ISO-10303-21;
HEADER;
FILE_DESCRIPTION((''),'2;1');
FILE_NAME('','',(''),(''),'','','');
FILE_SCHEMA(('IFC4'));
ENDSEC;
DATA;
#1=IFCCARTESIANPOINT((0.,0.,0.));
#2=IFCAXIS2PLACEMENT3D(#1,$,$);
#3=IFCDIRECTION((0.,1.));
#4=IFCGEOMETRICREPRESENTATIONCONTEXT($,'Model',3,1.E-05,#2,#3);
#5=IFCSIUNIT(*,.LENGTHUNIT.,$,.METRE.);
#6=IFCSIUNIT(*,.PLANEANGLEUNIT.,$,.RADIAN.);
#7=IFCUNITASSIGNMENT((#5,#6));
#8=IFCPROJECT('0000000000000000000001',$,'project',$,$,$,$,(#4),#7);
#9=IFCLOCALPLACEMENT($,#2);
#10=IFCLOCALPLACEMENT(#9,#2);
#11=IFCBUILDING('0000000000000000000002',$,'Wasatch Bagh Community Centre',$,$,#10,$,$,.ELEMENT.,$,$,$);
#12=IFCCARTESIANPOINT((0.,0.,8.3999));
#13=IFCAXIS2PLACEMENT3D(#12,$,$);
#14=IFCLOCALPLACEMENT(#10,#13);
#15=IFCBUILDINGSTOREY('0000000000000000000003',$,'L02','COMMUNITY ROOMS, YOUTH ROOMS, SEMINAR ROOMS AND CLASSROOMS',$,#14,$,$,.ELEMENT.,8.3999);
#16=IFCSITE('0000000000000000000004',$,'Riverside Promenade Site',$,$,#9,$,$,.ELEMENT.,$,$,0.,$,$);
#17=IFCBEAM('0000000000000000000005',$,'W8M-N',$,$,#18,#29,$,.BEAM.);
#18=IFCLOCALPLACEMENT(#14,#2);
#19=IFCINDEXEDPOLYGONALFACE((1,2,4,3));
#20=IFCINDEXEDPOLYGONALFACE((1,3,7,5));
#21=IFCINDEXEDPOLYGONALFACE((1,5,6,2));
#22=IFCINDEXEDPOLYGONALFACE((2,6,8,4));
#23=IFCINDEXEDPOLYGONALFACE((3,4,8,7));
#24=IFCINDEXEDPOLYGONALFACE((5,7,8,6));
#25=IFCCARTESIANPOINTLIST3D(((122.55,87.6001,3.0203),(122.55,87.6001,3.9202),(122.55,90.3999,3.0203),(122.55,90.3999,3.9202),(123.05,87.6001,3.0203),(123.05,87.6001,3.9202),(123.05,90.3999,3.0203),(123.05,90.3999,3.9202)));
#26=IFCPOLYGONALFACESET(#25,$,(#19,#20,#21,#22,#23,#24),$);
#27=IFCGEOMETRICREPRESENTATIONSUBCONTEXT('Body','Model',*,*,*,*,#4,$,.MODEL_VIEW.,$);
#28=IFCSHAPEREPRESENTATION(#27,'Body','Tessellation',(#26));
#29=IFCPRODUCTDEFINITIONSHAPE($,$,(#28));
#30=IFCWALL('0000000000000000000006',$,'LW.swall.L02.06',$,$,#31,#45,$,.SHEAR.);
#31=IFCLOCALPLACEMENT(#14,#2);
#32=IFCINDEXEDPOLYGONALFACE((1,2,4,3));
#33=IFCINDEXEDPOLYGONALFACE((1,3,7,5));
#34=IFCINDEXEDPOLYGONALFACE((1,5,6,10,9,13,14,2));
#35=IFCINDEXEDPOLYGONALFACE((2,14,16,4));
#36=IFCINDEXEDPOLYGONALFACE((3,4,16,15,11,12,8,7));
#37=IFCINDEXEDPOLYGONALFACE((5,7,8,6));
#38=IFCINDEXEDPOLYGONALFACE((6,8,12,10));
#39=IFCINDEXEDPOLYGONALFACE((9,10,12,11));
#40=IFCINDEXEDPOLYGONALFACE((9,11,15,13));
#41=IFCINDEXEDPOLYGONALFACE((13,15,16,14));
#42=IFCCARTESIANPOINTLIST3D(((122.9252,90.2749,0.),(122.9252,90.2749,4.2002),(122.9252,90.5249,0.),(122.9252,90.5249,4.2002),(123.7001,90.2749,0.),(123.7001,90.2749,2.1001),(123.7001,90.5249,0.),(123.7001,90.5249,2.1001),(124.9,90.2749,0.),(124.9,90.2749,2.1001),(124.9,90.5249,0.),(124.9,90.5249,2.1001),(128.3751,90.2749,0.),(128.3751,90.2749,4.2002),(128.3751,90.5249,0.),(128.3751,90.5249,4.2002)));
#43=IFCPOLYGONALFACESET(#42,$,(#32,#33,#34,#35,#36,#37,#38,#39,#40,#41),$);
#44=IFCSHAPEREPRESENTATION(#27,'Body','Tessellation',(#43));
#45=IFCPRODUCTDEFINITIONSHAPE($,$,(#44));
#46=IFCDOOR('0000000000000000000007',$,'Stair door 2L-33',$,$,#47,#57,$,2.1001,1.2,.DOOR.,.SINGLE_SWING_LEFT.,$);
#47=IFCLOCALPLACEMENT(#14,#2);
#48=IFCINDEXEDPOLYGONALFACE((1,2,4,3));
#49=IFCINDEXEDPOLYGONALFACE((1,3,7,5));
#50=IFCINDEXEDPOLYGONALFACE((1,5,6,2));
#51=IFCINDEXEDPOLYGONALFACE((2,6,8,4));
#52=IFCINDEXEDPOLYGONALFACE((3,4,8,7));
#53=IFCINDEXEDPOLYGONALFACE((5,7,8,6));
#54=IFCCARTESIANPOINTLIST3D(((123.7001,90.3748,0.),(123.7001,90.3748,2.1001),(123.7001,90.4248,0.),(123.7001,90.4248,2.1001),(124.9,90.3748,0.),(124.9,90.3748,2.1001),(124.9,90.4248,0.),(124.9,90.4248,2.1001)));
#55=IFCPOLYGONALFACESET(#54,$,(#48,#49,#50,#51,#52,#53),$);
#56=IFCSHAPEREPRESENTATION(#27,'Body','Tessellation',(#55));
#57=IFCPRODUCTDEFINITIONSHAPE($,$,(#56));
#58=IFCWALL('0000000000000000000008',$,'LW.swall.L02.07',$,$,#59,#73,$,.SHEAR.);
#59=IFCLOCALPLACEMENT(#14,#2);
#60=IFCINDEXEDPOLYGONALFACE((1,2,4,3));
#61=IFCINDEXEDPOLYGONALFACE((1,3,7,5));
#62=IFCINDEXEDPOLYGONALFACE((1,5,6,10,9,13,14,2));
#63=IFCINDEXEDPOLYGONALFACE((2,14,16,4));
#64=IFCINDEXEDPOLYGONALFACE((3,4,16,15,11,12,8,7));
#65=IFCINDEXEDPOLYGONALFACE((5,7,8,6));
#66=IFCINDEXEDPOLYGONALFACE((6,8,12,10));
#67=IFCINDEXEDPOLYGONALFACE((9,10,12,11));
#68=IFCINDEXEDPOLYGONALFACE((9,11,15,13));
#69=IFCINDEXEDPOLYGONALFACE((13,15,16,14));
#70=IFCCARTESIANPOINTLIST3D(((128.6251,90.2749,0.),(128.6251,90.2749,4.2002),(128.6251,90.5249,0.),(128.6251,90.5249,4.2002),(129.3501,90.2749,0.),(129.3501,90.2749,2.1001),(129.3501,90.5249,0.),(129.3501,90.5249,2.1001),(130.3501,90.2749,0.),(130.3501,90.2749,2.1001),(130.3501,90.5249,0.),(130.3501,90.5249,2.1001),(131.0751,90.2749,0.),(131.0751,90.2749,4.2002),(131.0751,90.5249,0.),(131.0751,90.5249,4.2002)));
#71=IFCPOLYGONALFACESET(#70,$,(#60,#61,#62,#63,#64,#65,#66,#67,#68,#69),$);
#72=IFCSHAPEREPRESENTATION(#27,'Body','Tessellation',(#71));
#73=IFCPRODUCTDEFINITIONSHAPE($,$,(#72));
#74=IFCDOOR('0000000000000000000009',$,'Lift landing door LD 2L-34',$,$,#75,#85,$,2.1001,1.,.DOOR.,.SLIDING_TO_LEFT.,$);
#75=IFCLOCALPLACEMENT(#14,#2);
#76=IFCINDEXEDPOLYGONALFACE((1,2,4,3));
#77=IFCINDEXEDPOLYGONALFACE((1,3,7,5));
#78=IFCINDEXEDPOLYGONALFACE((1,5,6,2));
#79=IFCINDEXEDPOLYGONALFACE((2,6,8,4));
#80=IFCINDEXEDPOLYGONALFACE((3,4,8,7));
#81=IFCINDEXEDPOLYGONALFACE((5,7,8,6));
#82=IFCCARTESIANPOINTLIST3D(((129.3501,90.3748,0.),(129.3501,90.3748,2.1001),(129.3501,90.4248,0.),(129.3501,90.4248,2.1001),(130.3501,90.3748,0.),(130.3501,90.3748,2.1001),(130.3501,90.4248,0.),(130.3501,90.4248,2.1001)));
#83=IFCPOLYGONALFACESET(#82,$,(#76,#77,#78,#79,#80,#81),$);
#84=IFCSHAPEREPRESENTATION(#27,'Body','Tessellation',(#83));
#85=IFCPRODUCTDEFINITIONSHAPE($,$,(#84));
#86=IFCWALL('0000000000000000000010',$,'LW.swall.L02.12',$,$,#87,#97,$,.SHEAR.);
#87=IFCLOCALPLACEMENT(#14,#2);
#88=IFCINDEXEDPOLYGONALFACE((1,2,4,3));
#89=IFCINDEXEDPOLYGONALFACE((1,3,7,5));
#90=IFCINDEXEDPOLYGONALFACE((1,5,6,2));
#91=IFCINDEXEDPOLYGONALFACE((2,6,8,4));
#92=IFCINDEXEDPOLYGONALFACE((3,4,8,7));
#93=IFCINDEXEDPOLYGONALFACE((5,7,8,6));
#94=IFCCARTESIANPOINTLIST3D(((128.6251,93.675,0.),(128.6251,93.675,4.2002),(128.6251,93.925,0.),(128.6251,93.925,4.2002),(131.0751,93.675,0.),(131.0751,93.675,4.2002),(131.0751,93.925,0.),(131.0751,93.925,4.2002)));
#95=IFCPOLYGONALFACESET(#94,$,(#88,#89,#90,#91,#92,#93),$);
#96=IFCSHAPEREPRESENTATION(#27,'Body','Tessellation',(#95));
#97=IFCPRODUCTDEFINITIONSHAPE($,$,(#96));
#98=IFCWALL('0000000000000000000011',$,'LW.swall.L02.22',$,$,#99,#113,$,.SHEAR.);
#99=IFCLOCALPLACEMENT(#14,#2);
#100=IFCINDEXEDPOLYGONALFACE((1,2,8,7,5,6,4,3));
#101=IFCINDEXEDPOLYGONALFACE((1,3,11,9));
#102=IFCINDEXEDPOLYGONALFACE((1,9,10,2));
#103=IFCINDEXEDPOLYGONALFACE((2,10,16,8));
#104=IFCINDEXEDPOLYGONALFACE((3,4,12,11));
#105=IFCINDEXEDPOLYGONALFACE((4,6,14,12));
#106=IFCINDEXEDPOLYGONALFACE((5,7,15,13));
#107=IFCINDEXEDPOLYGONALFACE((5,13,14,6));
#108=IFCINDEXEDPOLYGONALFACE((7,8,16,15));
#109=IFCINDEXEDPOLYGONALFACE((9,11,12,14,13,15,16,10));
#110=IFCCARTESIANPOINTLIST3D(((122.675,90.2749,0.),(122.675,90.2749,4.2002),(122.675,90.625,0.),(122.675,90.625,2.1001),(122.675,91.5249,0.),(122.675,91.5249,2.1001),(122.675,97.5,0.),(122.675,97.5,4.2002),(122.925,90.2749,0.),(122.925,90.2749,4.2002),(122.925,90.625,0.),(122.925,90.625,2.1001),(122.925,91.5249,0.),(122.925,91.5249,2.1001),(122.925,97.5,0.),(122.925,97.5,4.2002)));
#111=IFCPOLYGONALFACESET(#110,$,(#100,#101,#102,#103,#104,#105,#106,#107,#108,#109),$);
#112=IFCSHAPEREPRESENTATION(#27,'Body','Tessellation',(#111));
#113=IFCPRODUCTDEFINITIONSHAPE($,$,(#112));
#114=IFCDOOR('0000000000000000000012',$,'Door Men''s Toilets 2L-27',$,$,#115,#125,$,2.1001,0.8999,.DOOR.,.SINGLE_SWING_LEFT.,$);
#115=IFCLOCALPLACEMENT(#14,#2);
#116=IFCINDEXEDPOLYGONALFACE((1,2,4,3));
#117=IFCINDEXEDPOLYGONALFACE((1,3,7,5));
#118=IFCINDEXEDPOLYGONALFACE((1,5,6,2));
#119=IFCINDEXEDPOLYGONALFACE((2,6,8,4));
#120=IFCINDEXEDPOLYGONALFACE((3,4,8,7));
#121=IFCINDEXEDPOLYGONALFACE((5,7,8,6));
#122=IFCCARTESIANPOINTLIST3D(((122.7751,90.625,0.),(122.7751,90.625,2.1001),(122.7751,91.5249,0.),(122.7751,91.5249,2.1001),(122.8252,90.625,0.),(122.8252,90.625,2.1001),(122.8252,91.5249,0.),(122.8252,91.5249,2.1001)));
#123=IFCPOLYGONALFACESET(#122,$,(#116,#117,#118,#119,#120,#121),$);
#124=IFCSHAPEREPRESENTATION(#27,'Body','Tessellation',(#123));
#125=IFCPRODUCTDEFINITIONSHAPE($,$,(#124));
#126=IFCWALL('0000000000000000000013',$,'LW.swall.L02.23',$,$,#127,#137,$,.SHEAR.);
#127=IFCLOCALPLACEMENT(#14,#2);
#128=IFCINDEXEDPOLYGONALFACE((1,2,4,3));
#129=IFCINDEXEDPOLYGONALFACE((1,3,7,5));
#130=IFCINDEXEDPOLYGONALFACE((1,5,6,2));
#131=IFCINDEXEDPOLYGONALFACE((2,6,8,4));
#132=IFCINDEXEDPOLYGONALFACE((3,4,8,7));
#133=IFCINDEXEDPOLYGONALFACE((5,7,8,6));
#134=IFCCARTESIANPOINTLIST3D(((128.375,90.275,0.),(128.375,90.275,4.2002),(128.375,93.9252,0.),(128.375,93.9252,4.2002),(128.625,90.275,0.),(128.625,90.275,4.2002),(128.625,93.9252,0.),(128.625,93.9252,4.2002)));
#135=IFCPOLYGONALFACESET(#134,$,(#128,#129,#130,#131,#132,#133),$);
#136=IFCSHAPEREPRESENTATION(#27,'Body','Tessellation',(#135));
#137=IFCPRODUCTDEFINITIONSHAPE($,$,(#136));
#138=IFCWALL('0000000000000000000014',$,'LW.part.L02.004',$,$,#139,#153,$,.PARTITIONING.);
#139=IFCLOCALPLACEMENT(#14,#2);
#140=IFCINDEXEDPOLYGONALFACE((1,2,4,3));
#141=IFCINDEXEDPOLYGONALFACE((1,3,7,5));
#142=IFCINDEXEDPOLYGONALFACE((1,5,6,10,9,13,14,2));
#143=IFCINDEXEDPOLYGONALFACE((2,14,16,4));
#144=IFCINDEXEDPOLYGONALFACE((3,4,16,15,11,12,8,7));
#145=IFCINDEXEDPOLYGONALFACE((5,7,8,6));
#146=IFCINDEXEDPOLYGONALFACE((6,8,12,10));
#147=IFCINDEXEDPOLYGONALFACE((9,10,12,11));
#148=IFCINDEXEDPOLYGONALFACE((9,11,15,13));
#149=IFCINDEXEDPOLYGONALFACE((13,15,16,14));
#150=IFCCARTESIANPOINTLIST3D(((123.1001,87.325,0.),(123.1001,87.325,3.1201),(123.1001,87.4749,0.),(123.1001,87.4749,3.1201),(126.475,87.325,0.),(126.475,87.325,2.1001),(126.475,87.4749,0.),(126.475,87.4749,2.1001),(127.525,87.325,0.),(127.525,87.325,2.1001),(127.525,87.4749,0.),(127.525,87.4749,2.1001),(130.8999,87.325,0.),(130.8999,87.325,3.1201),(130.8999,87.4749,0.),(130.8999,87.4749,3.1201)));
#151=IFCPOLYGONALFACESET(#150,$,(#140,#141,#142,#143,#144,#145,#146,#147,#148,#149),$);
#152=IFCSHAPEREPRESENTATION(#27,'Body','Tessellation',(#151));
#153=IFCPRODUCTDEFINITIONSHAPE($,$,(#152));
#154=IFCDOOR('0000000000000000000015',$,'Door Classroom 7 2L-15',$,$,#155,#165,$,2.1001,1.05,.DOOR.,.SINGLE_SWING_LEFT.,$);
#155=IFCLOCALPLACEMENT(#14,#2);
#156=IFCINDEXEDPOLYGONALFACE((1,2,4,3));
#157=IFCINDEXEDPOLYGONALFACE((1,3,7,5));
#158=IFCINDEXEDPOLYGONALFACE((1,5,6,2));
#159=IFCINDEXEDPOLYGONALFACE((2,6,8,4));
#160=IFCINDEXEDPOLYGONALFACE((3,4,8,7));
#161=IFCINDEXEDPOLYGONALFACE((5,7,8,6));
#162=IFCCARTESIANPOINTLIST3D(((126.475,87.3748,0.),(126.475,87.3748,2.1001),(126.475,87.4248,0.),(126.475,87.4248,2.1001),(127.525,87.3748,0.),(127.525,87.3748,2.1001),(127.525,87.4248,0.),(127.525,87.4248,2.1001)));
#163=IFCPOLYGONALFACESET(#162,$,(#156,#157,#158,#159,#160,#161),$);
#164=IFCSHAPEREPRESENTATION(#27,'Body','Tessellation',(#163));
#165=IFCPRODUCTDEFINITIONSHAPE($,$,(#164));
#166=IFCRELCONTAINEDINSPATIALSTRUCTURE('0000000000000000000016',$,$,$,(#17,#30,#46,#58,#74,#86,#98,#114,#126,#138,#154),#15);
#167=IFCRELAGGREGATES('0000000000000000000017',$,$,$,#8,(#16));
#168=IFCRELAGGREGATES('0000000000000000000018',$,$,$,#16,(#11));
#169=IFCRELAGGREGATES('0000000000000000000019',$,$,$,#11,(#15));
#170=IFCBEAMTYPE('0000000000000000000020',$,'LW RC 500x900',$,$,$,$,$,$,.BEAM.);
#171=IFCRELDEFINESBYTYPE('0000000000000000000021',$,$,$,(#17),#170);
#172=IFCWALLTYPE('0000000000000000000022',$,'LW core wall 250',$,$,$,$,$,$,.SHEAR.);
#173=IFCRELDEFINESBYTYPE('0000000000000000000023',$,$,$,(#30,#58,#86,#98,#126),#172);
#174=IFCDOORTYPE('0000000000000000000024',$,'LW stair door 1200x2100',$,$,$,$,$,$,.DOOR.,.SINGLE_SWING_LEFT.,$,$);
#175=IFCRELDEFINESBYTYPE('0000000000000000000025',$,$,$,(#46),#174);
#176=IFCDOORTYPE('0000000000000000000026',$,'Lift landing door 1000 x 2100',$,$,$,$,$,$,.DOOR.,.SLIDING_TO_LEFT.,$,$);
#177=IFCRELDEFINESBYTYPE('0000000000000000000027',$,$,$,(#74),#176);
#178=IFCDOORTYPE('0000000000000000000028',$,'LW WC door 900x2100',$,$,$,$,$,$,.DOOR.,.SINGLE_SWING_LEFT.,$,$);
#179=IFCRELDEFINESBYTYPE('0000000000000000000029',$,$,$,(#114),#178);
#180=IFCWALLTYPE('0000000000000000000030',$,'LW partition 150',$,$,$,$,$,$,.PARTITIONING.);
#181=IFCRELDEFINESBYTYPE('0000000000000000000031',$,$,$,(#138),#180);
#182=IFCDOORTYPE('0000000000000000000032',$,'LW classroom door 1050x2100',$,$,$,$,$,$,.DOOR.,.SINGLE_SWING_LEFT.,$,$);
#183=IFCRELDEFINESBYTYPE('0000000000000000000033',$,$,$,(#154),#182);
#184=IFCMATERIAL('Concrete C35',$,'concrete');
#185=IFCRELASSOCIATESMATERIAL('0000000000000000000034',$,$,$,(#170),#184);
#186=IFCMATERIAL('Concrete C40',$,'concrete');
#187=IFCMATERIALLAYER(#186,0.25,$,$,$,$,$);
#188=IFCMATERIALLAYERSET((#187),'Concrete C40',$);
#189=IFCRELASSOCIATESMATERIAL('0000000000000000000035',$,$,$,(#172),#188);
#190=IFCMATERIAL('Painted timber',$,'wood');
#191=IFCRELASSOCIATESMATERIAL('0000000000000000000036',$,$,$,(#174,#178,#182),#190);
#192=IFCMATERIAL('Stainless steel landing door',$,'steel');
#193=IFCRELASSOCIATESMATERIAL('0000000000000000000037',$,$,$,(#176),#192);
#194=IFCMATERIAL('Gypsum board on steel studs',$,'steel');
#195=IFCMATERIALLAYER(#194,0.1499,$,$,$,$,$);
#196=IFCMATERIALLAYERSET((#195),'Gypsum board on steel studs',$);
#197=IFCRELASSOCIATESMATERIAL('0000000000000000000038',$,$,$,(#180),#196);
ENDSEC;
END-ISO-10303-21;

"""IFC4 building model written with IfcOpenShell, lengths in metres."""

from ifc_helpers import new_model, si_unit, direction, frame, frame_2d, origin, origin_2d, place, context, subcontext, project, spatial, rectangle, extrude, material, layer, layer_set, material_profile, profile_set, type_object, element, fill, save


model = new_model("IFC4")

# Units and contexts
model_context = context("Model", 3, precision=1e-05, world=origin(), true_north=direction((0.0, 1.0)))
body_context = subcontext(model_context, "Body", "Model", "MODEL_VIEW")
ifc_project = project(units=[si_unit("LENGTHUNIT", "METRE"), si_unit("PLANEANGLEUNIT", "RADIAN")], contexts=[model_context])

# Site, building, storey
site_placement = place(None, origin())
site = spatial("IfcSite", under=ifc_project, at=site_placement, Name="Riverside Promenade Site", CompositionType="ELEMENT", RefElevation=0.0)
building_placement = place(site_placement, origin())
building = spatial("IfcBuilding", under=site, at=building_placement, Name="Wasatch Bagh Community Centre", CompositionType="ELEMENT")
storey_placement = place(building_placement, frame((0.0, 0.0, 8.3999)))
storey = spatial("IfcBuildingStorey", under=building, at=storey_placement, Name="L02", Description="COMMUNITY ROOMS, YOUTH ROOMS, SEMINAR ROOMS AND CLASSROOMS", CompositionType="ELEMENT", Elevation=8.3999)

# Beam
ifc_material_1 = material(Name="Concrete C35", Category="concrete")
ifc_material_profile = material_profile(ifc_material_1, rectangle(XDim=0.5, YDim=0.8999, at=origin_2d()), Name="RC 500x900")
ifc_profile_set = profile_set([ifc_material_profile], Name="Concrete C35")
beam_type = type_object("IfcBeamType", Name="LW RC 500x900", PredefinedType="BEAM", material=ifc_profile_set)
beam_placement = place(storey_placement, frame((122.8, 87.6001, 3.4702), z_axis=(0.0, 1.0, 0.0), x_axis=(-1.0, 0.0, 0.0)))
element("IfcBeam", 1, at=beam_placement, inside=storey, type_object=beam_type, Name="W8M-N", PredefinedType="BEAM", context=body_context, shape_type="SweptSolid", body=[
    extrude(rectangle(XDim=0.5, YDim=0.8999, at=origin_2d()), origin(), (0.0, 0.0, 1.0), 2.7998),
])

# Walls, openings, doors
ifc_material_2 = material(Name="Concrete C40", Category="concrete")
ifc_layer_1 = layer(ifc_material_2, 0.25)
ifc_layer_set_1 = layer_set([ifc_layer_1], Name="Concrete C40")
wall_type_1 = type_object("IfcWallType", Name="LW core wall 250", PredefinedType="SHEAR", material=ifc_layer_set_1)
wall_1_placement = place(storey_placement, frame((122.925, 90.3999, 0.0), z_axis=(0.0, 0.0, 1.0), x_axis=(1.0, 0.0, 0.0)))
wall_1 = element("IfcWall", 2, at=wall_1_placement, inside=storey, type_object=wall_type_1, Name="LW.swall.L02.06", PredefinedType="SHEAR", context=body_context, shape_type="SweptSolid", body=[
    extrude(rectangle(XDim=5.45, YDim=0.25, at=frame_2d((2.7251, 0.0))), origin(), (0.0, 0.0, 1.0), 4.2002),
])
opening_1_placement = place(wall_1_placement, frame((0.7749, 0.0, 0.0)))
opening_1 = element("IfcOpeningElement", 3, at=opening_1_placement, cuts=wall_1, PredefinedType="OPENING", context=body_context, shape_type="SweptSolid", body=[
    extrude(rectangle(XDim=1.2, YDim=2.1001, at=frame_2d((0.6001, 1.05))), frame((0.0, 0.135, 0.0), z_axis=(0.0, -1.0, 0.0), x_axis=(1.0, 0.0, 0.0)), (0.0, 0.0, 1.0), 0.27),
])
ifc_material_3 = material(Name="Painted timber", Category="wood")
door_type_1 = type_object("IfcDoorType", Name="LW stair door 1200x2100", OperationType="SINGLE_SWING_LEFT", PredefinedType="DOOR", material=ifc_material_3)
door_1_placement = place(opening_1_placement, origin())
door_1 = element("IfcDoor", 4, at=door_1_placement, inside=storey, type_object=door_type_1, Name="Stair door 2L-33", OperationType="SINGLE_SWING_LEFT", OverallHeight=2.1001, OverallWidth=1.2, PredefinedType="DOOR", context=body_context, shape_type="SweptSolid", body=[
    extrude(rectangle(XDim=1.2, YDim=2.1001, at=frame_2d((0.6001, 1.05))), frame((0.0, 0.0249, 0.0), z_axis=(0.0, -1.0, 0.0), x_axis=(1.0, 0.0, 0.0)), (0.0, 0.0, 1.0), 0.05),
])
fill(opening_1, door_1)
wall_2_placement = place(storey_placement, frame((128.625, 90.3999, 0.0), z_axis=(0.0, 0.0, 1.0), x_axis=(1.0, 0.0, 0.0)))
wall_2 = element("IfcWall", 5, at=wall_2_placement, inside=storey, type_object=wall_type_1, Name="LW.swall.L02.07", PredefinedType="SHEAR", context=body_context, shape_type="SweptSolid", body=[
    extrude(rectangle(XDim=2.45, YDim=0.25, at=frame_2d((1.2251, 0.0))), origin(), (0.0, 0.0, 1.0), 4.2002),
])
opening_2_placement = place(wall_2_placement, frame((0.7251, 0.0, 0.0)))
opening_2 = element("IfcOpeningElement", 6, at=opening_2_placement, cuts=wall_2, PredefinedType="OPENING", context=body_context, shape_type="SweptSolid", body=[
    extrude(rectangle(XDim=1.0, YDim=2.1001, at=frame_2d((0.5, 1.05))), frame((0.0, 0.135, 0.0), z_axis=(0.0, -1.0, 0.0), x_axis=(1.0, 0.0, 0.0)), (0.0, 0.0, 1.0), 0.27),
])
ifc_material_4 = material(Name="Stainless steel landing door", Category="steel")
door_type_2 = type_object("IfcDoorType", Name="Lift landing door 1000 x 2100", OperationType="SLIDING_TO_LEFT", PredefinedType="DOOR", material=ifc_material_4)
door_2_placement = place(opening_2_placement, origin())
door_2 = element("IfcDoor", 7, at=door_2_placement, inside=storey, type_object=door_type_2, Name="Lift landing door LD 2L-34", OperationType="SLIDING_TO_LEFT", OverallHeight=2.1001, OverallWidth=1.0, PredefinedType="DOOR", context=body_context, shape_type="SweptSolid", body=[
    extrude(rectangle(XDim=1.0, YDim=2.1001, at=frame_2d((0.5, 1.05))), frame((0.0, 0.0249, 0.0), z_axis=(0.0, -1.0, 0.0), x_axis=(1.0, 0.0, 0.0)), (0.0, 0.0, 1.0), 0.05),
])
fill(opening_2, door_2)

# Wall
wall_3_placement = place(storey_placement, frame((128.625, 93.8, 0.0), z_axis=(0.0, 0.0, 1.0), x_axis=(1.0, 0.0, 0.0)))
element("IfcWall", 8, at=wall_3_placement, inside=storey, type_object=wall_type_1, Name="LW.swall.L02.12", PredefinedType="SHEAR", context=body_context, shape_type="SweptSolid", body=[
    extrude(rectangle(XDim=2.45, YDim=0.25, at=frame_2d((1.2251, 0.0))), origin(), (0.0, 0.0, 1.0), 4.2002),
])

# Wall, opening, door
wall_4_placement = place(storey_placement, frame((122.8, 90.2749, 0.0), z_axis=(0.0, 0.0, 1.0), x_axis=(0.0, 1.0, 0.0)))
wall_4 = element("IfcWall", 9, at=wall_4_placement, inside=storey, type_object=wall_type_1, Name="LW.swall.L02.22", PredefinedType="SHEAR", context=body_context, shape_type="SweptSolid", body=[
    extrude(rectangle(XDim=7.2251, YDim=0.25, at=frame_2d((3.6125, 0.0))), origin(), (0.0, 0.0, 1.0), 4.2002),
])
opening_3_placement = place(wall_4_placement, frame((0.3501, 0.0, 0.0)))
opening_3 = element("IfcOpeningElement", 10, at=opening_3_placement, cuts=wall_4, PredefinedType="OPENING", context=body_context, shape_type="SweptSolid", body=[
    extrude(rectangle(XDim=0.8999, YDim=2.1001, at=frame_2d((0.45, 1.05))), frame((0.0, 0.135, 0.0), z_axis=(0.0, -1.0, 0.0), x_axis=(1.0, 0.0, 0.0)), (0.0, 0.0, 1.0), 0.27),
])
door_type_3 = type_object("IfcDoorType", Name="LW WC door 900x2100", OperationType="SINGLE_SWING_LEFT", PredefinedType="DOOR", material=ifc_material_3)
door_3_placement = place(opening_3_placement, origin())
door_3 = element("IfcDoor", 11, at=door_3_placement, inside=storey, type_object=door_type_3, Name="Door Men's Toilets 2L-27", OperationType="SINGLE_SWING_LEFT", OverallHeight=2.1001, OverallWidth=0.8999, PredefinedType="DOOR", context=body_context, shape_type="SweptSolid", body=[
    extrude(rectangle(XDim=0.8999, YDim=2.1001, at=frame_2d((0.45, 1.05))), frame((0.0, 0.0249, 0.0), z_axis=(0.0, -1.0, 0.0), x_axis=(1.0, 0.0, 0.0)), (0.0, 0.0, 1.0), 0.05),
])
fill(opening_3, door_3)

# Wall
wall_5_placement = place(storey_placement, frame((128.5, 90.2749, 0.0), z_axis=(0.0, 0.0, 1.0), x_axis=(0.0, 1.0, 0.0)))
element("IfcWall", 12, at=wall_5_placement, inside=storey, type_object=wall_type_1, Name="LW.swall.L02.23", PredefinedType="SHEAR", context=body_context, shape_type="SweptSolid", body=[
    extrude(rectangle(XDim=3.6501, YDim=0.25, at=frame_2d((1.8252, 0.0))), origin(), (0.0, 0.0, 1.0), 4.2002),
])

# Wall, opening, door
ifc_material_5 = material(Name="Gypsum board on steel studs", Category="steel")
ifc_layer_2 = layer(ifc_material_5, 0.1499)
ifc_layer_set_2 = layer_set([ifc_layer_2], Name="Gypsum board on steel studs")
wall_type_2 = type_object("IfcWallType", Name="LW partition 150", PredefinedType="PARTITIONING", material=ifc_layer_set_2)
wall_6_placement = place(storey_placement, frame((123.1001, 87.3999, 0.0), z_axis=(0.0, 0.0, 1.0), x_axis=(1.0, 0.0, 0.0)))
wall_6 = element("IfcWall", 13, at=wall_6_placement, inside=storey, type_object=wall_type_2, Name="LW.part.L02.004", PredefinedType="PARTITIONING", context=body_context, shape_type="SweptSolid", body=[
    extrude(rectangle(XDim=7.7998, YDim=0.1499, at=frame_2d((3.8999, 0.0))), origin(), (0.0, 0.0, 1.0), 3.1201),
])
opening_4_placement = place(wall_6_placement, frame((3.375, 0.0, 0.0)))
opening_4 = element("IfcOpeningElement", 14, at=opening_4_placement, cuts=wall_6, PredefinedType="OPENING", context=body_context, shape_type="SweptSolid", body=[
    extrude(rectangle(XDim=1.05, YDim=2.1001, at=frame_2d((0.5249, 1.05))), frame((0.0, 0.085, 0.0), z_axis=(0.0, -1.0, 0.0), x_axis=(1.0, 0.0, 0.0)), (0.0, 0.0, 1.0), 0.1699),
])
door_type_4 = type_object("IfcDoorType", Name="LW classroom door 1050x2100", OperationType="SINGLE_SWING_LEFT", PredefinedType="DOOR", material=ifc_material_3)
door_4_placement = place(opening_4_placement, origin())
door_4 = element("IfcDoor", 15, at=door_4_placement, inside=storey, type_object=door_type_4, Name="Door Classroom 7 2L-15", OperationType="SINGLE_SWING_LEFT", OverallHeight=2.1001, OverallWidth=1.05, PredefinedType="DOOR", context=body_context, shape_type="SweptSolid", body=[
    extrude(rectangle(XDim=1.05, YDim=2.1001, at=frame_2d((0.5249, 1.05))), frame((0.0, 0.0249, 0.0), z_axis=(0.0, -1.0, 0.0), x_axis=(1.0, 0.0, 0.0)), (0.0, 0.0, 1.0), 0.05),
])
fill(opening_4, door_4)

save(model, "model.ifc")
